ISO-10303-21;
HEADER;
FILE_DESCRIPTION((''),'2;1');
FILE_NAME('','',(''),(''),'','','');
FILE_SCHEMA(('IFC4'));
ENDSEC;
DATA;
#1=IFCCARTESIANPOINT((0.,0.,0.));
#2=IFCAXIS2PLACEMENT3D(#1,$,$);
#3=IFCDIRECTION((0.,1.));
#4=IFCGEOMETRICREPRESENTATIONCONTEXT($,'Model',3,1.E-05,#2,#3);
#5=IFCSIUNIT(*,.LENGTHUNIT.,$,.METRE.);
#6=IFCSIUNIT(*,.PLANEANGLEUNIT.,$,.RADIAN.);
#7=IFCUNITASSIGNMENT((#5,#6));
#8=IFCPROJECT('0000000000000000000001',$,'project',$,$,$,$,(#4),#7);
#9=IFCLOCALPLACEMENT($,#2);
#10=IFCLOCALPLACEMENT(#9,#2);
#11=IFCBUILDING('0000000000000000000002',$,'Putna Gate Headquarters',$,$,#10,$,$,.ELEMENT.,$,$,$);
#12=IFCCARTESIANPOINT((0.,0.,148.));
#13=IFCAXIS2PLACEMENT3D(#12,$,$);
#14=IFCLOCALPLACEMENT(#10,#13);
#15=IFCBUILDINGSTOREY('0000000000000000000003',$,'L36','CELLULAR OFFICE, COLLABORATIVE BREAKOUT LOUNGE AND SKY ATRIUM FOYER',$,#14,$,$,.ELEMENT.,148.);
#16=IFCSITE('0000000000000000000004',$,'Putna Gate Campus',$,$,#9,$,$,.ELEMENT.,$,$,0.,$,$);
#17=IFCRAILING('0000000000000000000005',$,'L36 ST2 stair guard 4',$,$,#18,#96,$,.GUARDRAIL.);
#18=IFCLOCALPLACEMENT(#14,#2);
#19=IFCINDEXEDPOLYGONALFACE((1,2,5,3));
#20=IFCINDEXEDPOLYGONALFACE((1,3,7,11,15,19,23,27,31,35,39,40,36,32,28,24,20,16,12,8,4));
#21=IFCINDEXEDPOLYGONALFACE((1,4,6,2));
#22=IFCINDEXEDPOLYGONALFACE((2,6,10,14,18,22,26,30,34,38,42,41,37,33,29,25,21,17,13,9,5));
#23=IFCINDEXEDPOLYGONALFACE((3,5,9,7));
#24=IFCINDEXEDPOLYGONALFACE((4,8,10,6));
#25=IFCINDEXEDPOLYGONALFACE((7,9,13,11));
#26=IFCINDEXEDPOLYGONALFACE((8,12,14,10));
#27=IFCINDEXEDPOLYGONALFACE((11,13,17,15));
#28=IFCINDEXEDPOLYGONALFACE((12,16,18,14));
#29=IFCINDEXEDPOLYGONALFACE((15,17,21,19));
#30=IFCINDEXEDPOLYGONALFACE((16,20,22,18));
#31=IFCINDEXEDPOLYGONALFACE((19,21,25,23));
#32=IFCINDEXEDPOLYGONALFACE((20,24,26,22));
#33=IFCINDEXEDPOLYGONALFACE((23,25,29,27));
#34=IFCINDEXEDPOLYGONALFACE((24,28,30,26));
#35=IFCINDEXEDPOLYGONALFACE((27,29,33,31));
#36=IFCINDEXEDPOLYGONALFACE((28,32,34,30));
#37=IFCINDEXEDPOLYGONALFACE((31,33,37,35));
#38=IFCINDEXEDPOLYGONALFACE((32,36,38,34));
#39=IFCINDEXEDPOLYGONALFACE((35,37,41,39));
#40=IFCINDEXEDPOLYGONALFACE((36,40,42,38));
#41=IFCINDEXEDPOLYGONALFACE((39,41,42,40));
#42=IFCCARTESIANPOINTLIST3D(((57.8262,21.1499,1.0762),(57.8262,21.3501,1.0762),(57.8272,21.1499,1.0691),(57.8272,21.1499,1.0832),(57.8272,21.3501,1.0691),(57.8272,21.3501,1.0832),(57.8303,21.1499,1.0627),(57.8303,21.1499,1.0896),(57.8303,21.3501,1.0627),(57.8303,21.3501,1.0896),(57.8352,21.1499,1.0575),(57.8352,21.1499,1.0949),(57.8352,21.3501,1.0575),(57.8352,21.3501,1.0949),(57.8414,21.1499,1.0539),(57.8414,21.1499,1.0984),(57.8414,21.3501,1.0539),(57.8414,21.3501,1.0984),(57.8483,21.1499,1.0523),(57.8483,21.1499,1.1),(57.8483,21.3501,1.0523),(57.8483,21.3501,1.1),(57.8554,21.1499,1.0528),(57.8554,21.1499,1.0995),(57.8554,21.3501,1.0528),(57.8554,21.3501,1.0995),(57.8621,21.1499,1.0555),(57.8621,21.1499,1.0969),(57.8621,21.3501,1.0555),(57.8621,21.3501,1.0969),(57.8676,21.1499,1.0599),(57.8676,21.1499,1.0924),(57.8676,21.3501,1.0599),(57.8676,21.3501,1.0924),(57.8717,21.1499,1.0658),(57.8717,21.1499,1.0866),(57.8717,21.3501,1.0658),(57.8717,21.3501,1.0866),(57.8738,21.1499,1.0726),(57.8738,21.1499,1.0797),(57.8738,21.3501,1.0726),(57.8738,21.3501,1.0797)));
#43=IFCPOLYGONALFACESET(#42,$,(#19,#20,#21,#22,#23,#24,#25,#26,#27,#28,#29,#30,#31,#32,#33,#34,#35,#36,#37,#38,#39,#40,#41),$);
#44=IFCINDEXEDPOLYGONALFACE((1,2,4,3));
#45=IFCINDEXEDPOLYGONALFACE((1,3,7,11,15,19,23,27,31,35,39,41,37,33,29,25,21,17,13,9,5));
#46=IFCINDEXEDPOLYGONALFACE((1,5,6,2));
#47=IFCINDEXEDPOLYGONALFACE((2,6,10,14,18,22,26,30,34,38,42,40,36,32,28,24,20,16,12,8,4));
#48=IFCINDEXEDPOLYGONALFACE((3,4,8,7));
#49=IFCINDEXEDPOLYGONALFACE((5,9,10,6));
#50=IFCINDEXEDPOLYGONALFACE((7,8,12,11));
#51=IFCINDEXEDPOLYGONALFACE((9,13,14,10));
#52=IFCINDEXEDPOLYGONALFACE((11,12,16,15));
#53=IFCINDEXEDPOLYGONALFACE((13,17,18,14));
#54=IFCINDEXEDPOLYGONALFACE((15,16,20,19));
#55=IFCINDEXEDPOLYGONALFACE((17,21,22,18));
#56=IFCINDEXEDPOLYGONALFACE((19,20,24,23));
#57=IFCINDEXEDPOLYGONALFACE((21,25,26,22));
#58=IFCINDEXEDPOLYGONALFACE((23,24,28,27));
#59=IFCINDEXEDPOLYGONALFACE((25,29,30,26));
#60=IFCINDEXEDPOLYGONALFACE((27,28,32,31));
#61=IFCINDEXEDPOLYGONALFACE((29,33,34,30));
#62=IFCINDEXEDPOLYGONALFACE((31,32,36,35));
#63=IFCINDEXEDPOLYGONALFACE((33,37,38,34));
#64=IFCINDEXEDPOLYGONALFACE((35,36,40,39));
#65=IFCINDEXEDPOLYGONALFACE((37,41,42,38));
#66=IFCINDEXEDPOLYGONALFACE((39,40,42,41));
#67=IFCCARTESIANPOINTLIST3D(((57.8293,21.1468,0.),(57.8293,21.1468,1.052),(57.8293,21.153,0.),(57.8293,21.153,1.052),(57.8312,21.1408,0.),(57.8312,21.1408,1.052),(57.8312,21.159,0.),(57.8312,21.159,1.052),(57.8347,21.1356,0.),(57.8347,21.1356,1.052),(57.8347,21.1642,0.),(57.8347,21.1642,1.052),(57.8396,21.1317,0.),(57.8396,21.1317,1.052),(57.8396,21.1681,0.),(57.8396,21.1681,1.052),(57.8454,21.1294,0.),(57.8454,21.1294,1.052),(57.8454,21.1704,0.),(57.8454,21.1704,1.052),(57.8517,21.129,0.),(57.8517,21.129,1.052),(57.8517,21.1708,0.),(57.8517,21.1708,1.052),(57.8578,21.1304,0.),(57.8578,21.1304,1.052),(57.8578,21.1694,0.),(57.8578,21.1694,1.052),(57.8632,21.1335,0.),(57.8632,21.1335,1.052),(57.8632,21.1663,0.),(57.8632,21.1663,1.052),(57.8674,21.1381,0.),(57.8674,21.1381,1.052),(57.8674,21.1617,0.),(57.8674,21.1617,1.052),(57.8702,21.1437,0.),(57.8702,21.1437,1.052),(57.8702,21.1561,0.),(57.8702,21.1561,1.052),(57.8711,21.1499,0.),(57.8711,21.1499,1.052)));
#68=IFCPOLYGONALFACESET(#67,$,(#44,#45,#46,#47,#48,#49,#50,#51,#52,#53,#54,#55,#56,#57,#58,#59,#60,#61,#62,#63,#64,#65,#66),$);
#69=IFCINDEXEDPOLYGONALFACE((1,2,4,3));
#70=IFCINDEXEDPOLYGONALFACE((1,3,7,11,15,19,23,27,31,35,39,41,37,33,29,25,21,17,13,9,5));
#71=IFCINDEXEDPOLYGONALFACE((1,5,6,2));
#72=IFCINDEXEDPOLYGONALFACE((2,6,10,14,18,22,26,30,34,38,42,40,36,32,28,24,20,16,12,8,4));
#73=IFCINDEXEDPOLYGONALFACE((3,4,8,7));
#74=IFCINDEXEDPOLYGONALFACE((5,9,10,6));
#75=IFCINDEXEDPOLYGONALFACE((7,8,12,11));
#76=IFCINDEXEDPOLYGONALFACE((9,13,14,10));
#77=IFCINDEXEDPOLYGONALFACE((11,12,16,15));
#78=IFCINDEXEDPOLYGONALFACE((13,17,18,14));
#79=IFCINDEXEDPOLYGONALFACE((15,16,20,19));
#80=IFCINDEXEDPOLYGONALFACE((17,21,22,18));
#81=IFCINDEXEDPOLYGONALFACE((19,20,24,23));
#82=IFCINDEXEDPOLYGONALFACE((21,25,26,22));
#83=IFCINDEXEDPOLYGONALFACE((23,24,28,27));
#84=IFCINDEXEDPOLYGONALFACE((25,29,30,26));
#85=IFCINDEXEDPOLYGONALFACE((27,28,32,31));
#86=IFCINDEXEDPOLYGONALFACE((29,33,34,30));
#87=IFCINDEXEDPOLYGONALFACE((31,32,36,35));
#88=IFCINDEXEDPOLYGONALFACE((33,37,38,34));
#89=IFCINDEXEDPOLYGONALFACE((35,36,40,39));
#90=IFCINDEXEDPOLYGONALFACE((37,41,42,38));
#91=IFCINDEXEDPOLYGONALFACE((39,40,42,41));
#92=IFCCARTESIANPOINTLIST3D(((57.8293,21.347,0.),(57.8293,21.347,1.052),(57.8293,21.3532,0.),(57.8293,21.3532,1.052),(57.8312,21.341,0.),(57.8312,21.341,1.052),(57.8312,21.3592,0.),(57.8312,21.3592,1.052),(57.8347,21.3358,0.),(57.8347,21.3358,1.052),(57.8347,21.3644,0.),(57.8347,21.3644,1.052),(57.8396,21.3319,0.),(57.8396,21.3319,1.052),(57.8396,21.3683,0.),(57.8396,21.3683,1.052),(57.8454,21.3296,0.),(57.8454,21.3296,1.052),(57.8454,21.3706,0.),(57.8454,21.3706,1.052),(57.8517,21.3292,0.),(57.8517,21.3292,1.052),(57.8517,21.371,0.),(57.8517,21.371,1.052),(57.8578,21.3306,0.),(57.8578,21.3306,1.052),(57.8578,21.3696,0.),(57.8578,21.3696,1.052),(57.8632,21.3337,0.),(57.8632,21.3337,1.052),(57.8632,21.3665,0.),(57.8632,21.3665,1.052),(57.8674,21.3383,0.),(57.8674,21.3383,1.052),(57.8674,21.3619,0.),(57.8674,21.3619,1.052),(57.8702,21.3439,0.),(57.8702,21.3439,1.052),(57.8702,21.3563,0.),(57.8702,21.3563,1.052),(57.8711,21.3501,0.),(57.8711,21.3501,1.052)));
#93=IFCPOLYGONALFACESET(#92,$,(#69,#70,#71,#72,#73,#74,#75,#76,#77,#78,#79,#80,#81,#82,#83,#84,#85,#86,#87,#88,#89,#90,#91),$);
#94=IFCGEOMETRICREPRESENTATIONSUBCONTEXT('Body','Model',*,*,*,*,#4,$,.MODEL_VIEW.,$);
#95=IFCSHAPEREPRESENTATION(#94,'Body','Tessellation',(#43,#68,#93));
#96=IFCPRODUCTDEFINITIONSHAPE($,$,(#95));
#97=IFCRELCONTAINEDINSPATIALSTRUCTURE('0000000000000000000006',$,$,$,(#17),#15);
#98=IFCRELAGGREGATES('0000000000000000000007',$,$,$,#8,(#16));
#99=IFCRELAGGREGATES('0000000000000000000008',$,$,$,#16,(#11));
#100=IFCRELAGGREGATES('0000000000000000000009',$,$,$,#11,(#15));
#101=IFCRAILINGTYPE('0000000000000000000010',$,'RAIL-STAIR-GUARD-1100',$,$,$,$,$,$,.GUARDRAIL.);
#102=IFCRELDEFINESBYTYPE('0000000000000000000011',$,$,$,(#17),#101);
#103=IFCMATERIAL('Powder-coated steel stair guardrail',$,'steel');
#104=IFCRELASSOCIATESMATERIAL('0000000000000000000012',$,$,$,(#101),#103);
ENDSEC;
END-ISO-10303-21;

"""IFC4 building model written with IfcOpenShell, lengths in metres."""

from ifc_helpers import new_model, si_unit, direction, frame, origin, origin_2d, place, context, subcontext, project, spatial, circle, extrude, material, type_object, element, save


model = new_model("IFC4")

# Units and contexts
model_context = context("Model", 3, precision=1e-05, world=origin(), true_north=direction((0.0, 1.0)))
body_context = subcontext(model_context, "Body", "Model", "MODEL_VIEW")
ifc_project = project(units=[si_unit("LENGTHUNIT", "METRE"), si_unit("PLANEANGLEUNIT", "RADIAN")], contexts=[model_context])

# Site, building, storey
site_placement = place(None, origin())
site = spatial("IfcSite", under=ifc_project, at=site_placement, Name="Putna Gate Campus", CompositionType="ELEMENT", RefElevation=0.0)
building_placement = place(site_placement, origin())
building = spatial("IfcBuilding", under=site, at=building_placement, Name="Putna Gate Headquarters", CompositionType="ELEMENT")
storey_placement = place(building_placement, frame((0.0, 0.0, 148.0)))
storey = spatial("IfcBuildingStorey", under=building, at=storey_placement, Name="L36", Description="CELLULAR OFFICE, COLLABORATIVE BREAKOUT LOUNGE AND SKY ATRIUM FOYER", CompositionType="ELEMENT", Elevation=148.0)

# Railing
ifc_material_1 = material(Name="Powder-coated steel stair guardrail", Category="steel")
railing_type_1 = type_object("IfcRailingType", Name="RAIL-STAIR-GUARD-1100", PredefinedType="GUARDRAIL", material=ifc_material_1)
railing_1_placement = place(storey_placement, frame((57.8501, 21.1499, 0.0)))
element("IfcRailing", 1, at=railing_1_placement, inside=storey, type_object=railing_type_1, Name="L36 ST2 stair guard 4", PredefinedType="GUARDRAIL", context=body_context, shape_type="SweptSolid", body=[
    extrude(circle(Radius=0.0239, at=origin_2d()), frame((0.0, 0.0, 1.0762), z_axis=(0.0, 1.0, 0.0), x_axis=(-1.0, 0.0, 0.0)), (0.0, 0.0, 1.0), 0.2002),
    extrude(circle(Radius=0.021, at=origin_2d()), origin(), (0.0, 0.0, 1.0), 1.052),
    extrude(circle(Radius=0.021, at=origin_2d()), frame((0.0, 0.2002, 0.0)), (0.0, 0.0, 1.0), 1.052),
])

save(model, "model.ifc")
